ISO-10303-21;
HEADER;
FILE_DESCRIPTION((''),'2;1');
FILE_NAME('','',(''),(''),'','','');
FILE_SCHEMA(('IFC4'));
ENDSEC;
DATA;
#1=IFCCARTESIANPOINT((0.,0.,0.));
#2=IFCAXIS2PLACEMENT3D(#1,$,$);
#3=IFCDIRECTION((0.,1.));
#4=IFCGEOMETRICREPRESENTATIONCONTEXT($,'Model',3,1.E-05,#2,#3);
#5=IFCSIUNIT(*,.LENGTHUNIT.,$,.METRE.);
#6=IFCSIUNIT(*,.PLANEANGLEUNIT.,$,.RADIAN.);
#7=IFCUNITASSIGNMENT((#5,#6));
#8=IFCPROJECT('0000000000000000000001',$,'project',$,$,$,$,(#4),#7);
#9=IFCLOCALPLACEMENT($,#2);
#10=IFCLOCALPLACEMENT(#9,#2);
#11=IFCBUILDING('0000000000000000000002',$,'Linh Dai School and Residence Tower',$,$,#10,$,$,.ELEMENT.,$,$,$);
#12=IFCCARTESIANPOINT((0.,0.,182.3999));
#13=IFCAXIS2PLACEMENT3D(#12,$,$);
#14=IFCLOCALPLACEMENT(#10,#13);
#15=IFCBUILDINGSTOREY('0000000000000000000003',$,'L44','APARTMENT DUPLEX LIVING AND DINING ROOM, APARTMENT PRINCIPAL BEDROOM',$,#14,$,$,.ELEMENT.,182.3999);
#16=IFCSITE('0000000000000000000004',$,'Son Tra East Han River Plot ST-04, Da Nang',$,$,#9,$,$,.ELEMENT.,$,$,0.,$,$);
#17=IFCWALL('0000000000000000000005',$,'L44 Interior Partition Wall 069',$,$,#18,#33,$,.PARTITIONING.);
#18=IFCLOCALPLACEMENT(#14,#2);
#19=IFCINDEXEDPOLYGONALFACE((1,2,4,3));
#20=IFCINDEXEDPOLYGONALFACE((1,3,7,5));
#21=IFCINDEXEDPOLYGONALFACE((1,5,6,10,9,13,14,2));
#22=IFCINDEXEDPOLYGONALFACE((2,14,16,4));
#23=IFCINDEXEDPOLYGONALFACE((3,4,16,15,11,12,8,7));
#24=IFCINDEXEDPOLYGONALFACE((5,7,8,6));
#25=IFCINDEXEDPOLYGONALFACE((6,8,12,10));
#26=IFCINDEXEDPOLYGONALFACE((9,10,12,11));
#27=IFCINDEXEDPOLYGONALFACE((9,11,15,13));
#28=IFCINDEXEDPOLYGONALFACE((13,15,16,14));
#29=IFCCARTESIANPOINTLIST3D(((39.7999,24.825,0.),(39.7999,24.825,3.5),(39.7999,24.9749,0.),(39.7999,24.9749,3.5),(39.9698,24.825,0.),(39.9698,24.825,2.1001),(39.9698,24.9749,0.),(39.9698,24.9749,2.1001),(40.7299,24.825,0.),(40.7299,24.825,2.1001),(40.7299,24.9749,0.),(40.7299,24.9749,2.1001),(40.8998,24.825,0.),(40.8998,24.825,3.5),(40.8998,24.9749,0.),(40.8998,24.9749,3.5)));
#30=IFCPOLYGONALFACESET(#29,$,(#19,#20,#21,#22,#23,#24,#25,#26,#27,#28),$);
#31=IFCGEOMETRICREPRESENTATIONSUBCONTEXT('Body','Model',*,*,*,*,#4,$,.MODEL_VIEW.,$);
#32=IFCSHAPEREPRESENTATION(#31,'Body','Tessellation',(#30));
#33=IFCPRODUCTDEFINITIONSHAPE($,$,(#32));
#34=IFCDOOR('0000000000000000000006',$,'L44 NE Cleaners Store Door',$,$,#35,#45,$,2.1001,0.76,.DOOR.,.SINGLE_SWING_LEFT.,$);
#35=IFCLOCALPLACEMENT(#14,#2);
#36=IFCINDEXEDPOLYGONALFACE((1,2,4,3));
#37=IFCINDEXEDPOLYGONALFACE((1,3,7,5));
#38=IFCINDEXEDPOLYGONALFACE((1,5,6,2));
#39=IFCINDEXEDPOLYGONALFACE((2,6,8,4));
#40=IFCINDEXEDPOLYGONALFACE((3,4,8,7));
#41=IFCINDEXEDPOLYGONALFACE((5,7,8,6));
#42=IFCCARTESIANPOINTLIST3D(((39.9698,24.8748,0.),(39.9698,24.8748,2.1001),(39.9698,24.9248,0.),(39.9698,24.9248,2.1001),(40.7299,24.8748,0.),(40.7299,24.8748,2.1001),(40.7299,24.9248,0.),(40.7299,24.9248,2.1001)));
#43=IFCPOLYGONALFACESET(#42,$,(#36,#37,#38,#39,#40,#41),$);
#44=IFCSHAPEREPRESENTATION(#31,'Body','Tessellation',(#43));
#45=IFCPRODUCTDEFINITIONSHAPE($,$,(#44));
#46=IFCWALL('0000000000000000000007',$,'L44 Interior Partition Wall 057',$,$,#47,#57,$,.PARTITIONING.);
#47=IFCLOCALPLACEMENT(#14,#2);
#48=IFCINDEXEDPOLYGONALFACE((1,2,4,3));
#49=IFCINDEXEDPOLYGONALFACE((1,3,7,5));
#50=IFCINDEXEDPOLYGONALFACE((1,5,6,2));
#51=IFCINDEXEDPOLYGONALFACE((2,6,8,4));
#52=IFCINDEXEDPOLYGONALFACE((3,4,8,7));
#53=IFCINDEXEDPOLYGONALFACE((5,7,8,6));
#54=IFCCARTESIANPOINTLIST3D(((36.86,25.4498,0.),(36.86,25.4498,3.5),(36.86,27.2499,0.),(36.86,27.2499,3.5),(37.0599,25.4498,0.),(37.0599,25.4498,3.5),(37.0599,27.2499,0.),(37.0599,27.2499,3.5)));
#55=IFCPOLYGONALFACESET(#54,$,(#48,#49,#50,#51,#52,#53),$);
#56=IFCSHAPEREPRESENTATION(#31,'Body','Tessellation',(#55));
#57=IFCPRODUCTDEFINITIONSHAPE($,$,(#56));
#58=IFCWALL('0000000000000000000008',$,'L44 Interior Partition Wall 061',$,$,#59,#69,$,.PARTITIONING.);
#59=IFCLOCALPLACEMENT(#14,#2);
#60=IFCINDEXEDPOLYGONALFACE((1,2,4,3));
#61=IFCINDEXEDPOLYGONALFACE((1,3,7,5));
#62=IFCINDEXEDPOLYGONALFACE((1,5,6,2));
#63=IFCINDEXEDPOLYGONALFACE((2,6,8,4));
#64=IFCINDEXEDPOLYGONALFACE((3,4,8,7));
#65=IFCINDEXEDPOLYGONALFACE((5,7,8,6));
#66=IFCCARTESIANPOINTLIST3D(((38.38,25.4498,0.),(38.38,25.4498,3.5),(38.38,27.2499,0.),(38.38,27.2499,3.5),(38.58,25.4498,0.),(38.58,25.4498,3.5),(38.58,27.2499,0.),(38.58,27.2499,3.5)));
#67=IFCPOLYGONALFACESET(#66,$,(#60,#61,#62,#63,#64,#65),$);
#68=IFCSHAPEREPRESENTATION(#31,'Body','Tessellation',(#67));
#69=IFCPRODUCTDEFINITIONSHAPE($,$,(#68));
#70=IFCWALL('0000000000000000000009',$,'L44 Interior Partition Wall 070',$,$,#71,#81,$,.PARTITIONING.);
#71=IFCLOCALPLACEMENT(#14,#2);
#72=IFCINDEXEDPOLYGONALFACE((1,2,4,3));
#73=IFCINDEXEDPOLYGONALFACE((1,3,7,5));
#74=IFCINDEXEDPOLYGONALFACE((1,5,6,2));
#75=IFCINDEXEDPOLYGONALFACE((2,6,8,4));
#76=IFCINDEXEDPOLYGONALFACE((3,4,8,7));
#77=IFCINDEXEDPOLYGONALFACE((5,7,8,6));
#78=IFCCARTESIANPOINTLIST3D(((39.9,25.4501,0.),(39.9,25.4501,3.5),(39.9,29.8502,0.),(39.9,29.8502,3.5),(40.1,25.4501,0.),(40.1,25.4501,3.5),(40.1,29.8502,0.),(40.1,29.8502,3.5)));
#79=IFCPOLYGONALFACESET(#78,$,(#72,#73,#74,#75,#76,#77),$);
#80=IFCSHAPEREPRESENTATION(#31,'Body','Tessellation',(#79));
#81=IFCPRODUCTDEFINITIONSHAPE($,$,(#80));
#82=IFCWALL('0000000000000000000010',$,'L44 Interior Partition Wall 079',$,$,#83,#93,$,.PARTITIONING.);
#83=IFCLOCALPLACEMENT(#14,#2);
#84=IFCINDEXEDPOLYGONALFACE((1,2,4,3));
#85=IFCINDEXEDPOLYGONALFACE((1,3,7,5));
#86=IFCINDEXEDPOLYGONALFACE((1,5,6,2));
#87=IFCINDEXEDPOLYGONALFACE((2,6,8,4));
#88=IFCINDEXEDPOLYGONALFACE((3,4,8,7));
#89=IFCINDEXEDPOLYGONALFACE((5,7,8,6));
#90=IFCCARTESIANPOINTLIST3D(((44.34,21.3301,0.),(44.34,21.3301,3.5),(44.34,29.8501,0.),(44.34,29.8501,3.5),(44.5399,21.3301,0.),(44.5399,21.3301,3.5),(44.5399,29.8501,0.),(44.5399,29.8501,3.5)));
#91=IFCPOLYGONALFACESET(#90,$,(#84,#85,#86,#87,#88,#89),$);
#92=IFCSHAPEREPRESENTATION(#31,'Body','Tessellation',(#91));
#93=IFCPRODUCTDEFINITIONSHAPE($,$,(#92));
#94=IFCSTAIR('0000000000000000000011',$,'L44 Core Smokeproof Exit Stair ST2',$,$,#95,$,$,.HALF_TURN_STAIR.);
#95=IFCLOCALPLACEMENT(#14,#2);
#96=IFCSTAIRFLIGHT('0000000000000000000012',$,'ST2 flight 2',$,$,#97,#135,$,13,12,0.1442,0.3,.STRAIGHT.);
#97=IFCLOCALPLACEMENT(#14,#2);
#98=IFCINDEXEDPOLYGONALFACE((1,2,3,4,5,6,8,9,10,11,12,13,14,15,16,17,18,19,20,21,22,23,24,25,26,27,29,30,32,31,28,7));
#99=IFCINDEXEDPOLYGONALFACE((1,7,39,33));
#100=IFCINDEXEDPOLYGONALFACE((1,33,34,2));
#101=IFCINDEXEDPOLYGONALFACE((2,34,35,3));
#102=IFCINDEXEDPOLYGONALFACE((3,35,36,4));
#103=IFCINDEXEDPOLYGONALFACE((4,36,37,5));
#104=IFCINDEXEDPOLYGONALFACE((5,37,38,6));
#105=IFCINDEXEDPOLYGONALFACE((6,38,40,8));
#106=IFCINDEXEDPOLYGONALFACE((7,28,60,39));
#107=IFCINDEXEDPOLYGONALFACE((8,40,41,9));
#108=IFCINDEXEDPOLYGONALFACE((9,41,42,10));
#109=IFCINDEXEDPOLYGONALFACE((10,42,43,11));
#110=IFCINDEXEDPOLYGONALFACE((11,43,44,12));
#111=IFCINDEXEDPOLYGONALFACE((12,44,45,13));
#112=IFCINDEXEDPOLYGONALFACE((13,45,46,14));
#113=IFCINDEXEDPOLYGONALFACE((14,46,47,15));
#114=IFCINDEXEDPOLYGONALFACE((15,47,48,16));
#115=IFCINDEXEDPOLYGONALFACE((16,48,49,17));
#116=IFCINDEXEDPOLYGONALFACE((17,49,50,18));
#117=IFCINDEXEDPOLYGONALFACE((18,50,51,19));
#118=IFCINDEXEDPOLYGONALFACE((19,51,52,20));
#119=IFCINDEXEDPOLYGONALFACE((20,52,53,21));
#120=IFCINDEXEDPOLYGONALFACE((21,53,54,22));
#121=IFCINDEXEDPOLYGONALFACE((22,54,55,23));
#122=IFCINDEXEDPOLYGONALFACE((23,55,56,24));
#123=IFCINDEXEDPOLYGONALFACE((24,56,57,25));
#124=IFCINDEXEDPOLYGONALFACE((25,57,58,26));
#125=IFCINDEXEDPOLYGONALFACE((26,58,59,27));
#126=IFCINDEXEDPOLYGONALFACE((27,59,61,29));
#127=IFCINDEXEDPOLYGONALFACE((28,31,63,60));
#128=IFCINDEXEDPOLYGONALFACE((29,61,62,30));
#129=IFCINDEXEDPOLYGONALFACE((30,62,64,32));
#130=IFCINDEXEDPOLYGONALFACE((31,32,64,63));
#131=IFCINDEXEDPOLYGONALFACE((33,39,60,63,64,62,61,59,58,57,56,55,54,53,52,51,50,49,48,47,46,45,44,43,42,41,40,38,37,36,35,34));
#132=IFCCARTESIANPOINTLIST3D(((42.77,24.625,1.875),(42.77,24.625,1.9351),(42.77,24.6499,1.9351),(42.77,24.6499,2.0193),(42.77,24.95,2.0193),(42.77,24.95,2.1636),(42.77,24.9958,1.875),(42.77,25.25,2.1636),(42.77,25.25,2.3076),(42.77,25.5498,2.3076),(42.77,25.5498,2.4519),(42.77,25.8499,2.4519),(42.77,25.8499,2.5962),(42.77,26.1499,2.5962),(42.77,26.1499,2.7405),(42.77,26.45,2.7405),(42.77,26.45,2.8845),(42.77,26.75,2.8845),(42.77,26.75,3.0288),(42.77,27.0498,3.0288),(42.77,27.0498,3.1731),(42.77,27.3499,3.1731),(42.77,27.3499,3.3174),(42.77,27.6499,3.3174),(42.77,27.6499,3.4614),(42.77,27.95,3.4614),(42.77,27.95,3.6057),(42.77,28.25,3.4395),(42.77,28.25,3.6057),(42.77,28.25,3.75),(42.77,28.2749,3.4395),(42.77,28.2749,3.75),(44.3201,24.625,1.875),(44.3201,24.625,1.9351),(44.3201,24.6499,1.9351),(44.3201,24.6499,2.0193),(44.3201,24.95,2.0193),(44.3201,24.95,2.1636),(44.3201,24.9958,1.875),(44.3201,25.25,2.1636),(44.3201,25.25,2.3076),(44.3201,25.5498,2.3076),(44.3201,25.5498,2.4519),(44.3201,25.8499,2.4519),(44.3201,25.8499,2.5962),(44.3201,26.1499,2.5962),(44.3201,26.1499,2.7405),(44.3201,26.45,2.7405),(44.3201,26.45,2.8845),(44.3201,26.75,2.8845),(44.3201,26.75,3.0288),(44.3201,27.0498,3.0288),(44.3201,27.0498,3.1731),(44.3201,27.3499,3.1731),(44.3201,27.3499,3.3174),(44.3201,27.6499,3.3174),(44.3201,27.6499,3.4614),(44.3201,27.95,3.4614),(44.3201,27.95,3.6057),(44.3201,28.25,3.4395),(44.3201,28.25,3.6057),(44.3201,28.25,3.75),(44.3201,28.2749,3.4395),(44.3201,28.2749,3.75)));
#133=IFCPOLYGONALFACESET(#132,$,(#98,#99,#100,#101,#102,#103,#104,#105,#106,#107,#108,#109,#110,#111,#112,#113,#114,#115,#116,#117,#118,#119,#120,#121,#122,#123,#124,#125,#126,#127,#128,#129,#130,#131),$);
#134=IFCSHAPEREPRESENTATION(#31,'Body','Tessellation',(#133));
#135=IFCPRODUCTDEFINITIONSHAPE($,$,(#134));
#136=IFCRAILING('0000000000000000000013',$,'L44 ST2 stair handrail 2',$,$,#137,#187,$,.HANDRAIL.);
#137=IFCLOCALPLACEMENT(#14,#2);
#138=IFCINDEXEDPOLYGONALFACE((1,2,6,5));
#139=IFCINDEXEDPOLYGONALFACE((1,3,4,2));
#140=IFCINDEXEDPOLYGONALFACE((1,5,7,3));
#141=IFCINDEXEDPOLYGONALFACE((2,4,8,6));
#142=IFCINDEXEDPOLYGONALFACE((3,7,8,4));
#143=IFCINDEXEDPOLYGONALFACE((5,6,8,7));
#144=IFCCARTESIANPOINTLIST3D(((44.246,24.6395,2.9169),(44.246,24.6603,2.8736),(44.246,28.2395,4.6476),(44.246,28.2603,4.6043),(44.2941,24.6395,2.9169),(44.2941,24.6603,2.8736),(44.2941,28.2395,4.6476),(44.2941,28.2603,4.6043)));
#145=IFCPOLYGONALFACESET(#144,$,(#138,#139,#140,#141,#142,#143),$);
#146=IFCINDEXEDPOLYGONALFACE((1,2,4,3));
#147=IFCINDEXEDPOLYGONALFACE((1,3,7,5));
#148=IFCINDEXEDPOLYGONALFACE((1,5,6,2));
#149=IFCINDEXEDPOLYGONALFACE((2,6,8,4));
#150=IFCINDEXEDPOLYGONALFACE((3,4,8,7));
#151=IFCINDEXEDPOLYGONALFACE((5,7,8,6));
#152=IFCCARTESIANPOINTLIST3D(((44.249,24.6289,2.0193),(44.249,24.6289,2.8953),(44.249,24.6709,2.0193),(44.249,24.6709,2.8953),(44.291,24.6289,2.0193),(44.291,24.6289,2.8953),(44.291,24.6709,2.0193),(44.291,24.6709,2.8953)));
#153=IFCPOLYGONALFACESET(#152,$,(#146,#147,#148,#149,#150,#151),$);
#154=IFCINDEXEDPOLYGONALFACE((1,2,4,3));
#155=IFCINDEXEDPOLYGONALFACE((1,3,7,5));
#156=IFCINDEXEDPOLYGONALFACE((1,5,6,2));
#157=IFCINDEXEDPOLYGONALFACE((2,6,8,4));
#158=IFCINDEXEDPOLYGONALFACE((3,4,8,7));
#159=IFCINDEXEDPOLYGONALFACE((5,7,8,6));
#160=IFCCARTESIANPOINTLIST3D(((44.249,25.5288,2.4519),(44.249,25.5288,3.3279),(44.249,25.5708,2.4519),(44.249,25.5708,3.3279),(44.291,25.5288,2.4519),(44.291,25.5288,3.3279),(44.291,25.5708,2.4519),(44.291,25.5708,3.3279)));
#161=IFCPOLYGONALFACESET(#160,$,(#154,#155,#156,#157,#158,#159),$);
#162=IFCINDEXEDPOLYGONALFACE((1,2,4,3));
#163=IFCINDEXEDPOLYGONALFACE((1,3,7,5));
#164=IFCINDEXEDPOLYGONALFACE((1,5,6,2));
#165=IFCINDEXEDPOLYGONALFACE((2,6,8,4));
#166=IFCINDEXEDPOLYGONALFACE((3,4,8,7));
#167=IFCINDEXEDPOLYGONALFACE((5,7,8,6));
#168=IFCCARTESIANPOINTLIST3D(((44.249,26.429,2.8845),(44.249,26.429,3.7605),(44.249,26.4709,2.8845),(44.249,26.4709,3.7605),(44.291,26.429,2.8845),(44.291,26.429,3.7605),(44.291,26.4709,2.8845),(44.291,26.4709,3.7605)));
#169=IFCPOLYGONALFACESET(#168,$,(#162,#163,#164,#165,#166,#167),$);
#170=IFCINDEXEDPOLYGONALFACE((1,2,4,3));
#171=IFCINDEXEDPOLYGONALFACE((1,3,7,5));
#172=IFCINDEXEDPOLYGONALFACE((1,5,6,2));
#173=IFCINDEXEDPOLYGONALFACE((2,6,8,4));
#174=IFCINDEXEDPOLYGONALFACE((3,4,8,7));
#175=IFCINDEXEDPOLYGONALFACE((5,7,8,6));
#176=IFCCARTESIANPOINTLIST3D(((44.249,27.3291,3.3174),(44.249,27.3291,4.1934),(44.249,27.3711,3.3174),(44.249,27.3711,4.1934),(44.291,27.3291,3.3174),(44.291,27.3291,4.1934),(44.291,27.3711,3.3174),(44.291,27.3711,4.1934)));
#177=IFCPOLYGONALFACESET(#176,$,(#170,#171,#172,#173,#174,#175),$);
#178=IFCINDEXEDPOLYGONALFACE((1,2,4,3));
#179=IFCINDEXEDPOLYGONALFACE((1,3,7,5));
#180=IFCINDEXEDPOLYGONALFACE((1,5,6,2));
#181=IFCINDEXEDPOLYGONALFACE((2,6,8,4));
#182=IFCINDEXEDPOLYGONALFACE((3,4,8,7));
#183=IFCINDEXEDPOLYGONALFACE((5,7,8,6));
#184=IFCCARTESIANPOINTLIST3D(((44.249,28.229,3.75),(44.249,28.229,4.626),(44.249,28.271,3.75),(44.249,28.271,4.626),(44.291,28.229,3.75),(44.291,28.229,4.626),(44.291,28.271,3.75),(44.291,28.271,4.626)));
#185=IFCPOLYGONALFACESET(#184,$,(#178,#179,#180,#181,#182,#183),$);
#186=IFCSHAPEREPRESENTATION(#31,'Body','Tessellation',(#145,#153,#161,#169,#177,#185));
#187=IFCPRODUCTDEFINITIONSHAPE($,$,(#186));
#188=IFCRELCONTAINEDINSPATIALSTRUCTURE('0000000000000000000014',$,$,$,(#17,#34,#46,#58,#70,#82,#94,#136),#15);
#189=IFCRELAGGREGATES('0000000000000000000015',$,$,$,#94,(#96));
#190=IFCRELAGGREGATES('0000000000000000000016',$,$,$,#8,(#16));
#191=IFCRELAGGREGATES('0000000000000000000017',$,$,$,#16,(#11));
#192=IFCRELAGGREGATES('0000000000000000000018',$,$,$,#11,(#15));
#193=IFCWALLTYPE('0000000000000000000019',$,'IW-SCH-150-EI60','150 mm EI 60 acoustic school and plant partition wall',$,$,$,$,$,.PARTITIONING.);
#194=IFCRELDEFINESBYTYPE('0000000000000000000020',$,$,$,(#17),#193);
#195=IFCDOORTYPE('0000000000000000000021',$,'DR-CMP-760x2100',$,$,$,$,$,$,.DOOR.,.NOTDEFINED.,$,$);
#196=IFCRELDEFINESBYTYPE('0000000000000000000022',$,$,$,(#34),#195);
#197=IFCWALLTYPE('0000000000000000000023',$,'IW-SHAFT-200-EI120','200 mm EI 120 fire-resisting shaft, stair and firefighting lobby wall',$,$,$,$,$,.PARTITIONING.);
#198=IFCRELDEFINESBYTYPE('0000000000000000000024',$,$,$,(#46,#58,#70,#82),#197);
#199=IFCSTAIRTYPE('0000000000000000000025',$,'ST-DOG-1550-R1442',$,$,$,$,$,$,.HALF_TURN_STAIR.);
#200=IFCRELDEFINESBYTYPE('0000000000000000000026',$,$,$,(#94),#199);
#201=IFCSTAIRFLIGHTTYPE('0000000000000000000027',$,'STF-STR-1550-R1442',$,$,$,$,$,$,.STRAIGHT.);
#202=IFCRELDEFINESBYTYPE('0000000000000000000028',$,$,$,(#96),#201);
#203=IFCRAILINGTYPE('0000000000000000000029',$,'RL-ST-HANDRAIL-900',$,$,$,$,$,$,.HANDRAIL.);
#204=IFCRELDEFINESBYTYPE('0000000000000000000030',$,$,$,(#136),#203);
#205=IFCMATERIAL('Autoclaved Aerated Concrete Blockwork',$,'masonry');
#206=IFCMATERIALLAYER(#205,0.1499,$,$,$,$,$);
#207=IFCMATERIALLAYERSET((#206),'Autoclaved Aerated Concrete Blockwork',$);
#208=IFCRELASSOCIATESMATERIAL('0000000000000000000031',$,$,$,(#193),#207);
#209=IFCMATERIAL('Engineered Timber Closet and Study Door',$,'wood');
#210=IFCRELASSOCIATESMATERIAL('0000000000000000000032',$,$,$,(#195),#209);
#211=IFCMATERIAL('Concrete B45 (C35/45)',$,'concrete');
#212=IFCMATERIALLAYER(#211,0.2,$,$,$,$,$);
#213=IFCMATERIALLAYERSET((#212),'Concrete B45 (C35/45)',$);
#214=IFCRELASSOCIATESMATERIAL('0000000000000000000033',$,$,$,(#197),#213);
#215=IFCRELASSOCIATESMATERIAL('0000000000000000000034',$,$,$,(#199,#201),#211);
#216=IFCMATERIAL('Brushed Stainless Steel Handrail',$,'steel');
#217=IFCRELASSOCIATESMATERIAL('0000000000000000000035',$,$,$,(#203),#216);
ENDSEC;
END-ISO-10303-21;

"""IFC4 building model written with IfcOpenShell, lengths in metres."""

from ifc_helpers import new_model, si_unit, direction, frame, frame_2d, origin, origin_2d, place, context, subcontext, project, spatial, polyline, rectangle, outline, extrude, source, transform, mapped, material, layer, layer_set, type_object, element, fill, aggregate, save


model = new_model("IFC4")

# Units and contexts
model_context = context("Model", 3, precision=1e-05, world=origin(), true_north=direction((0.0, 1.0)))
body_context = subcontext(model_context, "Body", "Model", "MODEL_VIEW")
ifc_project = project(units=[si_unit("LENGTHUNIT", "METRE"), si_unit("PLANEANGLEUNIT", "RADIAN")], contexts=[model_context])

# Site, building, storey
site_placement = place(None, origin())
site = spatial("IfcSite", under=ifc_project, at=site_placement, Name="Son Tra East Han River Plot ST-04, Da Nang", CompositionType="ELEMENT", RefElevation=0.0)
building_placement = place(site_placement, origin())
building = spatial("IfcBuilding", under=site, at=building_placement, Name="Linh Dai School and Residence Tower", CompositionType="ELEMENT")
storey_placement = place(building_placement, frame((0.0, 0.0, 182.3999)))
storey = spatial("IfcBuildingStorey", under=building, at=storey_placement, Name="L44", Description="APARTMENT DUPLEX LIVING AND DINING ROOM, APARTMENT PRINCIPAL BEDROOM", CompositionType="ELEMENT", Elevation=182.3999)

# Shared definitions
ifc_material_1 = material(Name="Autoclaved Aerated Concrete Blockwork", Category="masonry")

# Wall, opening, door
ifc_layer_1 = layer(ifc_material_1, 0.1499)
ifc_layer_set_1 = layer_set([ifc_layer_1], Name="Autoclaved Aerated Concrete Blockwork")
wall_type_1 = type_object("IfcWallType", Name="IW-SCH-150-EI60", Description="150 mm EI 60 acoustic school and plant partition wall", PredefinedType="PARTITIONING", material=ifc_layer_set_1)
wall_1_placement = place(storey_placement, frame((39.8, 24.8999, 0.0), z_axis=(0.0, 0.0, 1.0), x_axis=(1.0, 0.0, 0.0)))
wall_1 = element("IfcWall", 1, at=wall_1_placement, inside=storey, type_object=wall_type_1, Name="L44 Interior Partition Wall 069", PredefinedType="PARTITIONING", context=body_context, shape_type="SweptSolid", body=[
    extrude(rectangle(XDim=1.0999, YDim=0.1499, at=frame_2d((0.5498, 0.0))), origin(), (0.0, 0.0, 1.0), 3.5),
])
opening_1_placement = place(wall_1_placement, frame((0.1699, 0.0, 0.0)))
opening_1 = element("IfcOpeningElement", 2, at=opening_1_placement, cuts=wall_1, PredefinedType="OPENING", context=body_context, shape_type="SweptSolid", body=[
    extrude(rectangle(XDim=0.76, YDim=2.1001, at=origin_2d()), frame((0.3799, 0.085, 1.05), z_axis=(0.0, -1.0, 0.0), x_axis=(1.0, 0.0, 0.0)), (0.0, 0.0, 1.0), 0.1699),
])
ifc_material_2 = material(Name="Engineered Timber Closet and Study Door", Category="wood")
door_type_1 = type_object("IfcDoorType", Name="DR-CMP-760x2100", OperationType="NOTDEFINED", PredefinedType="DOOR", material=ifc_material_2)
shared_shape_1 = source(origin(), body_context, "Body", "SweptSolid", [
    extrude(rectangle(XDim=0.76, YDim=2.1001, at=origin_2d()), frame((0.3799, 0.0249, 1.05), z_axis=(0.0, -1.0, 0.0), x_axis=(1.0, 0.0, 0.0)), (0.0, 0.0, 1.0), 0.05),
])
door_1_placement = place(opening_1_placement, origin())
door_1 = element("IfcDoor", 3, at=door_1_placement, inside=storey, type_object=door_type_1, Name="L44 NE Cleaners Store Door", OperationType="SINGLE_SWING_LEFT", OverallHeight=2.1001, OverallWidth=0.76, PredefinedType="DOOR", context=body_context, shape_type="MappedRepresentation", body=[
    mapped(shared_shape_1, transform((0.0, 0.0, 0.0), x_axis=(1.0, 0.0, 0.0), y_axis=(0.0, 1.0, 0.0), z_axis=(0.0, 0.0, 1.0), scale=1.0)),
])
fill(opening_1, door_1)

# Walls
ifc_material_3 = material(Name="Concrete B45 (C35/45)", Category="concrete")
ifc_layer_2 = layer(ifc_material_3, 0.2)
ifc_layer_set_2 = layer_set([ifc_layer_2], Name="Concrete B45 (C35/45)")
wall_type_2 = type_object("IfcWallType", Name="IW-SHAFT-200-EI120", Description="200 mm EI 120 fire-resisting shaft, stair and firefighting lobby wall", PredefinedType="PARTITIONING", material=ifc_layer_set_2)
for number, where, z_axis, x_axis, name in (
    (4, (36.96, 25.45, 0.0), (0.0, 0.0, 1.0), (0.0, 1.0, 0.0), "L44 Interior Partition Wall 057"),
    (5, (38.48, 25.45, 0.0), (0.0, 0.0, 1.0), (0.0, 1.0, 0.0), "L44 Interior Partition Wall 061"),
):
    element("IfcWall", number, at=place(storey_placement, frame(where, z_axis=z_axis, x_axis=x_axis)), inside=storey, type_object=wall_type_2, Name=name, PredefinedType="PARTITIONING", context=body_context, shape_type="SweptSolid", body=[
        extrude(rectangle(XDim=1.8, YDim=0.2, at=frame_2d((0.8999, 0.0))), origin(), (0.0, 0.0, 1.0), 3.5),
    ])
wall_2_placement = place(storey_placement, frame((40.0, 25.45, 0.0), z_axis=(0.0, 0.0, 1.0), x_axis=(0.0, 1.0, 0.0)))
element("IfcWall", 6, at=wall_2_placement, inside=storey, type_object=wall_type_2, Name="L44 Interior Partition Wall 070", PredefinedType="PARTITIONING", context=body_context, shape_type="SweptSolid", body=[
    extrude(rectangle(XDim=4.4001, YDim=0.2, at=frame_2d((2.2002, 0.0))), origin(), (0.0, 0.0, 1.0), 3.5),
])
wall_3_placement = place(storey_placement, frame((44.4399, 21.3301, 0.0), z_axis=(0.0, 0.0, 1.0), x_axis=(0.0, 1.0, 0.0)))
element("IfcWall", 7, at=wall_3_placement, inside=storey, type_object=wall_type_2, Name="L44 Interior Partition Wall 079", PredefinedType="PARTITIONING", context=body_context, shape_type="SweptSolid", body=[
    extrude(rectangle(XDim=8.52, YDim=0.2, at=frame_2d((4.26, 0.0))), origin(), (0.0, 0.0, 1.0), 3.5),
])

# Stair, stair flight
stair_type = type_object("IfcStairType", Name="ST-DOG-1550-R1442", PredefinedType="HALF_TURN_STAIR", material=ifc_material_3)
stair_placement = place(storey_placement, origin())
stair = element("IfcStair", 8, at=stair_placement, inside=storey, type_object=stair_type, Name="L44 Core Smokeproof Exit Stair ST2", PredefinedType="HALF_TURN_STAIR")
stair_flight_type = type_object("IfcStairFlightType", Name="STF-STR-1550-R1442", PredefinedType="STRAIGHT", material=ifc_material_3)
shared_shape_2 = source(origin(), body_context, "Body", "SweptSolid", [
    extrude(outline(polyline([(-0.0249, 0.0), (-0.0249, 0.0601), (0.0, 0.0601), (0.0, 0.1443), (0.3, 0.1443), (0.3, 0.2886), (0.6001, 0.2886), (0.6001, 0.4326), (0.8999, 0.4326), (0.8999, 0.5769), (1.2, 0.5769), (1.2, 0.7212), (1.5, 0.7212), (1.5, 0.8655), (1.8, 0.8655), (1.8, 1.0095), (2.1001, 1.0095), (2.1001, 1.1538), (2.3999, 1.1538), (2.3999, 1.2981), (2.7, 1.2981), (2.7, 1.4424), (3.0, 1.4424), (3.0, 1.5864), (3.3, 1.5864), (3.3, 1.7307), (3.6001, 1.7307), (3.6001, 1.875), (3.625, 1.875), (3.625, 1.5645), (3.6001, 1.5645), (0.3459, 0.0), (-0.0249, 0.0)])), frame((0.0, 0.7749, 0.0), z_axis=(0.0, -1.0, 0.0), x_axis=(1.0, 0.0, 0.0)), (0.0, 0.0, 1.0), 1.55),
])
stair_flight_placement = place(storey_placement, frame((43.5449, 24.6499, 1.875), z_axis=(0.0, 0.0, 1.0), x_axis=(0.0, 1.0, 0.0)))
stair_flight = element("IfcStairFlight", 9, at=stair_flight_placement, type_object=stair_flight_type, Name="ST2 flight 2", NumberOfRisers=13, NumberOfTreads=12, PredefinedType="STRAIGHT", RiserHeight=0.1442, TreadLength=0.3, context=body_context, shape_type="MappedRepresentation", body=[
    mapped(shared_shape_2, transform((0.0, 0.0, 0.0), x_axis=(1.0, 0.0, 0.0), y_axis=(0.0, 1.0, 0.0), z_axis=(0.0, 0.0, 1.0), scale=1.0)),
])
aggregate(stair, [stair_flight])

# Railing
ifc_material_4 = material(Name="Brushed Stainless Steel Handrail", Category="steel")
railing_type_1 = type_object("IfcRailingType", Name="RL-ST-HANDRAIL-900", PredefinedType="HANDRAIL", material=ifc_material_4)
shared_shape_3 = source(origin(), body_context, "Body", "SweptSolid", [
    extrude(rectangle(XDim=0.0481, YDim=0.0481, at=origin_2d()), frame((0.0, 0.0, 0.876), z_axis=(0.0, 0.901263, 0.433273), x_axis=(-1.0, 0.0, 0.0)), (0.0, 0.0, 1.0), 3.9944),
    extrude(rectangle(XDim=0.042, YDim=0.042, at=origin_2d()), origin(), (0.0, 0.0, 1.0), 0.876),
    extrude(rectangle(XDim=0.042, YDim=0.042, at=origin_2d()), frame((0.0, 0.8999, 0.4326)), (0.0, 0.0, 1.0), 0.876),
    extrude(rectangle(XDim=0.042, YDim=0.042, at=origin_2d()), frame((0.0, 1.8, 0.8652)), (0.0, 0.0, 1.0), 0.876),
    extrude(rectangle(XDim=0.042, YDim=0.042, at=origin_2d()), frame((0.0, 2.7002, 1.2981)), (0.0, 0.0, 1.0), 0.876),
    extrude(rectangle(XDim=0.042, YDim=0.042, at=origin_2d()), frame((0.0, 3.6001, 1.7307)), (0.0, 0.0, 1.0), 0.876),
])
railing_1_placement = place(storey_placement, frame((44.27, 24.6499, 2.0193)))
element("IfcRailing", 10, at=railing_1_placement, inside=storey, type_object=railing_type_1, Name="L44 ST2 stair handrail 2", PredefinedType="HANDRAIL", context=body_context, shape_type="MappedRepresentation", body=[
    mapped(shared_shape_3, transform((0.0, 0.0, 0.0), x_axis=(1.0, 0.0, 0.0), y_axis=(0.0, 1.0, 0.0), z_axis=(0.0, 0.0, 1.0), scale=1.0)),
])

save(model, "model.ifc")
